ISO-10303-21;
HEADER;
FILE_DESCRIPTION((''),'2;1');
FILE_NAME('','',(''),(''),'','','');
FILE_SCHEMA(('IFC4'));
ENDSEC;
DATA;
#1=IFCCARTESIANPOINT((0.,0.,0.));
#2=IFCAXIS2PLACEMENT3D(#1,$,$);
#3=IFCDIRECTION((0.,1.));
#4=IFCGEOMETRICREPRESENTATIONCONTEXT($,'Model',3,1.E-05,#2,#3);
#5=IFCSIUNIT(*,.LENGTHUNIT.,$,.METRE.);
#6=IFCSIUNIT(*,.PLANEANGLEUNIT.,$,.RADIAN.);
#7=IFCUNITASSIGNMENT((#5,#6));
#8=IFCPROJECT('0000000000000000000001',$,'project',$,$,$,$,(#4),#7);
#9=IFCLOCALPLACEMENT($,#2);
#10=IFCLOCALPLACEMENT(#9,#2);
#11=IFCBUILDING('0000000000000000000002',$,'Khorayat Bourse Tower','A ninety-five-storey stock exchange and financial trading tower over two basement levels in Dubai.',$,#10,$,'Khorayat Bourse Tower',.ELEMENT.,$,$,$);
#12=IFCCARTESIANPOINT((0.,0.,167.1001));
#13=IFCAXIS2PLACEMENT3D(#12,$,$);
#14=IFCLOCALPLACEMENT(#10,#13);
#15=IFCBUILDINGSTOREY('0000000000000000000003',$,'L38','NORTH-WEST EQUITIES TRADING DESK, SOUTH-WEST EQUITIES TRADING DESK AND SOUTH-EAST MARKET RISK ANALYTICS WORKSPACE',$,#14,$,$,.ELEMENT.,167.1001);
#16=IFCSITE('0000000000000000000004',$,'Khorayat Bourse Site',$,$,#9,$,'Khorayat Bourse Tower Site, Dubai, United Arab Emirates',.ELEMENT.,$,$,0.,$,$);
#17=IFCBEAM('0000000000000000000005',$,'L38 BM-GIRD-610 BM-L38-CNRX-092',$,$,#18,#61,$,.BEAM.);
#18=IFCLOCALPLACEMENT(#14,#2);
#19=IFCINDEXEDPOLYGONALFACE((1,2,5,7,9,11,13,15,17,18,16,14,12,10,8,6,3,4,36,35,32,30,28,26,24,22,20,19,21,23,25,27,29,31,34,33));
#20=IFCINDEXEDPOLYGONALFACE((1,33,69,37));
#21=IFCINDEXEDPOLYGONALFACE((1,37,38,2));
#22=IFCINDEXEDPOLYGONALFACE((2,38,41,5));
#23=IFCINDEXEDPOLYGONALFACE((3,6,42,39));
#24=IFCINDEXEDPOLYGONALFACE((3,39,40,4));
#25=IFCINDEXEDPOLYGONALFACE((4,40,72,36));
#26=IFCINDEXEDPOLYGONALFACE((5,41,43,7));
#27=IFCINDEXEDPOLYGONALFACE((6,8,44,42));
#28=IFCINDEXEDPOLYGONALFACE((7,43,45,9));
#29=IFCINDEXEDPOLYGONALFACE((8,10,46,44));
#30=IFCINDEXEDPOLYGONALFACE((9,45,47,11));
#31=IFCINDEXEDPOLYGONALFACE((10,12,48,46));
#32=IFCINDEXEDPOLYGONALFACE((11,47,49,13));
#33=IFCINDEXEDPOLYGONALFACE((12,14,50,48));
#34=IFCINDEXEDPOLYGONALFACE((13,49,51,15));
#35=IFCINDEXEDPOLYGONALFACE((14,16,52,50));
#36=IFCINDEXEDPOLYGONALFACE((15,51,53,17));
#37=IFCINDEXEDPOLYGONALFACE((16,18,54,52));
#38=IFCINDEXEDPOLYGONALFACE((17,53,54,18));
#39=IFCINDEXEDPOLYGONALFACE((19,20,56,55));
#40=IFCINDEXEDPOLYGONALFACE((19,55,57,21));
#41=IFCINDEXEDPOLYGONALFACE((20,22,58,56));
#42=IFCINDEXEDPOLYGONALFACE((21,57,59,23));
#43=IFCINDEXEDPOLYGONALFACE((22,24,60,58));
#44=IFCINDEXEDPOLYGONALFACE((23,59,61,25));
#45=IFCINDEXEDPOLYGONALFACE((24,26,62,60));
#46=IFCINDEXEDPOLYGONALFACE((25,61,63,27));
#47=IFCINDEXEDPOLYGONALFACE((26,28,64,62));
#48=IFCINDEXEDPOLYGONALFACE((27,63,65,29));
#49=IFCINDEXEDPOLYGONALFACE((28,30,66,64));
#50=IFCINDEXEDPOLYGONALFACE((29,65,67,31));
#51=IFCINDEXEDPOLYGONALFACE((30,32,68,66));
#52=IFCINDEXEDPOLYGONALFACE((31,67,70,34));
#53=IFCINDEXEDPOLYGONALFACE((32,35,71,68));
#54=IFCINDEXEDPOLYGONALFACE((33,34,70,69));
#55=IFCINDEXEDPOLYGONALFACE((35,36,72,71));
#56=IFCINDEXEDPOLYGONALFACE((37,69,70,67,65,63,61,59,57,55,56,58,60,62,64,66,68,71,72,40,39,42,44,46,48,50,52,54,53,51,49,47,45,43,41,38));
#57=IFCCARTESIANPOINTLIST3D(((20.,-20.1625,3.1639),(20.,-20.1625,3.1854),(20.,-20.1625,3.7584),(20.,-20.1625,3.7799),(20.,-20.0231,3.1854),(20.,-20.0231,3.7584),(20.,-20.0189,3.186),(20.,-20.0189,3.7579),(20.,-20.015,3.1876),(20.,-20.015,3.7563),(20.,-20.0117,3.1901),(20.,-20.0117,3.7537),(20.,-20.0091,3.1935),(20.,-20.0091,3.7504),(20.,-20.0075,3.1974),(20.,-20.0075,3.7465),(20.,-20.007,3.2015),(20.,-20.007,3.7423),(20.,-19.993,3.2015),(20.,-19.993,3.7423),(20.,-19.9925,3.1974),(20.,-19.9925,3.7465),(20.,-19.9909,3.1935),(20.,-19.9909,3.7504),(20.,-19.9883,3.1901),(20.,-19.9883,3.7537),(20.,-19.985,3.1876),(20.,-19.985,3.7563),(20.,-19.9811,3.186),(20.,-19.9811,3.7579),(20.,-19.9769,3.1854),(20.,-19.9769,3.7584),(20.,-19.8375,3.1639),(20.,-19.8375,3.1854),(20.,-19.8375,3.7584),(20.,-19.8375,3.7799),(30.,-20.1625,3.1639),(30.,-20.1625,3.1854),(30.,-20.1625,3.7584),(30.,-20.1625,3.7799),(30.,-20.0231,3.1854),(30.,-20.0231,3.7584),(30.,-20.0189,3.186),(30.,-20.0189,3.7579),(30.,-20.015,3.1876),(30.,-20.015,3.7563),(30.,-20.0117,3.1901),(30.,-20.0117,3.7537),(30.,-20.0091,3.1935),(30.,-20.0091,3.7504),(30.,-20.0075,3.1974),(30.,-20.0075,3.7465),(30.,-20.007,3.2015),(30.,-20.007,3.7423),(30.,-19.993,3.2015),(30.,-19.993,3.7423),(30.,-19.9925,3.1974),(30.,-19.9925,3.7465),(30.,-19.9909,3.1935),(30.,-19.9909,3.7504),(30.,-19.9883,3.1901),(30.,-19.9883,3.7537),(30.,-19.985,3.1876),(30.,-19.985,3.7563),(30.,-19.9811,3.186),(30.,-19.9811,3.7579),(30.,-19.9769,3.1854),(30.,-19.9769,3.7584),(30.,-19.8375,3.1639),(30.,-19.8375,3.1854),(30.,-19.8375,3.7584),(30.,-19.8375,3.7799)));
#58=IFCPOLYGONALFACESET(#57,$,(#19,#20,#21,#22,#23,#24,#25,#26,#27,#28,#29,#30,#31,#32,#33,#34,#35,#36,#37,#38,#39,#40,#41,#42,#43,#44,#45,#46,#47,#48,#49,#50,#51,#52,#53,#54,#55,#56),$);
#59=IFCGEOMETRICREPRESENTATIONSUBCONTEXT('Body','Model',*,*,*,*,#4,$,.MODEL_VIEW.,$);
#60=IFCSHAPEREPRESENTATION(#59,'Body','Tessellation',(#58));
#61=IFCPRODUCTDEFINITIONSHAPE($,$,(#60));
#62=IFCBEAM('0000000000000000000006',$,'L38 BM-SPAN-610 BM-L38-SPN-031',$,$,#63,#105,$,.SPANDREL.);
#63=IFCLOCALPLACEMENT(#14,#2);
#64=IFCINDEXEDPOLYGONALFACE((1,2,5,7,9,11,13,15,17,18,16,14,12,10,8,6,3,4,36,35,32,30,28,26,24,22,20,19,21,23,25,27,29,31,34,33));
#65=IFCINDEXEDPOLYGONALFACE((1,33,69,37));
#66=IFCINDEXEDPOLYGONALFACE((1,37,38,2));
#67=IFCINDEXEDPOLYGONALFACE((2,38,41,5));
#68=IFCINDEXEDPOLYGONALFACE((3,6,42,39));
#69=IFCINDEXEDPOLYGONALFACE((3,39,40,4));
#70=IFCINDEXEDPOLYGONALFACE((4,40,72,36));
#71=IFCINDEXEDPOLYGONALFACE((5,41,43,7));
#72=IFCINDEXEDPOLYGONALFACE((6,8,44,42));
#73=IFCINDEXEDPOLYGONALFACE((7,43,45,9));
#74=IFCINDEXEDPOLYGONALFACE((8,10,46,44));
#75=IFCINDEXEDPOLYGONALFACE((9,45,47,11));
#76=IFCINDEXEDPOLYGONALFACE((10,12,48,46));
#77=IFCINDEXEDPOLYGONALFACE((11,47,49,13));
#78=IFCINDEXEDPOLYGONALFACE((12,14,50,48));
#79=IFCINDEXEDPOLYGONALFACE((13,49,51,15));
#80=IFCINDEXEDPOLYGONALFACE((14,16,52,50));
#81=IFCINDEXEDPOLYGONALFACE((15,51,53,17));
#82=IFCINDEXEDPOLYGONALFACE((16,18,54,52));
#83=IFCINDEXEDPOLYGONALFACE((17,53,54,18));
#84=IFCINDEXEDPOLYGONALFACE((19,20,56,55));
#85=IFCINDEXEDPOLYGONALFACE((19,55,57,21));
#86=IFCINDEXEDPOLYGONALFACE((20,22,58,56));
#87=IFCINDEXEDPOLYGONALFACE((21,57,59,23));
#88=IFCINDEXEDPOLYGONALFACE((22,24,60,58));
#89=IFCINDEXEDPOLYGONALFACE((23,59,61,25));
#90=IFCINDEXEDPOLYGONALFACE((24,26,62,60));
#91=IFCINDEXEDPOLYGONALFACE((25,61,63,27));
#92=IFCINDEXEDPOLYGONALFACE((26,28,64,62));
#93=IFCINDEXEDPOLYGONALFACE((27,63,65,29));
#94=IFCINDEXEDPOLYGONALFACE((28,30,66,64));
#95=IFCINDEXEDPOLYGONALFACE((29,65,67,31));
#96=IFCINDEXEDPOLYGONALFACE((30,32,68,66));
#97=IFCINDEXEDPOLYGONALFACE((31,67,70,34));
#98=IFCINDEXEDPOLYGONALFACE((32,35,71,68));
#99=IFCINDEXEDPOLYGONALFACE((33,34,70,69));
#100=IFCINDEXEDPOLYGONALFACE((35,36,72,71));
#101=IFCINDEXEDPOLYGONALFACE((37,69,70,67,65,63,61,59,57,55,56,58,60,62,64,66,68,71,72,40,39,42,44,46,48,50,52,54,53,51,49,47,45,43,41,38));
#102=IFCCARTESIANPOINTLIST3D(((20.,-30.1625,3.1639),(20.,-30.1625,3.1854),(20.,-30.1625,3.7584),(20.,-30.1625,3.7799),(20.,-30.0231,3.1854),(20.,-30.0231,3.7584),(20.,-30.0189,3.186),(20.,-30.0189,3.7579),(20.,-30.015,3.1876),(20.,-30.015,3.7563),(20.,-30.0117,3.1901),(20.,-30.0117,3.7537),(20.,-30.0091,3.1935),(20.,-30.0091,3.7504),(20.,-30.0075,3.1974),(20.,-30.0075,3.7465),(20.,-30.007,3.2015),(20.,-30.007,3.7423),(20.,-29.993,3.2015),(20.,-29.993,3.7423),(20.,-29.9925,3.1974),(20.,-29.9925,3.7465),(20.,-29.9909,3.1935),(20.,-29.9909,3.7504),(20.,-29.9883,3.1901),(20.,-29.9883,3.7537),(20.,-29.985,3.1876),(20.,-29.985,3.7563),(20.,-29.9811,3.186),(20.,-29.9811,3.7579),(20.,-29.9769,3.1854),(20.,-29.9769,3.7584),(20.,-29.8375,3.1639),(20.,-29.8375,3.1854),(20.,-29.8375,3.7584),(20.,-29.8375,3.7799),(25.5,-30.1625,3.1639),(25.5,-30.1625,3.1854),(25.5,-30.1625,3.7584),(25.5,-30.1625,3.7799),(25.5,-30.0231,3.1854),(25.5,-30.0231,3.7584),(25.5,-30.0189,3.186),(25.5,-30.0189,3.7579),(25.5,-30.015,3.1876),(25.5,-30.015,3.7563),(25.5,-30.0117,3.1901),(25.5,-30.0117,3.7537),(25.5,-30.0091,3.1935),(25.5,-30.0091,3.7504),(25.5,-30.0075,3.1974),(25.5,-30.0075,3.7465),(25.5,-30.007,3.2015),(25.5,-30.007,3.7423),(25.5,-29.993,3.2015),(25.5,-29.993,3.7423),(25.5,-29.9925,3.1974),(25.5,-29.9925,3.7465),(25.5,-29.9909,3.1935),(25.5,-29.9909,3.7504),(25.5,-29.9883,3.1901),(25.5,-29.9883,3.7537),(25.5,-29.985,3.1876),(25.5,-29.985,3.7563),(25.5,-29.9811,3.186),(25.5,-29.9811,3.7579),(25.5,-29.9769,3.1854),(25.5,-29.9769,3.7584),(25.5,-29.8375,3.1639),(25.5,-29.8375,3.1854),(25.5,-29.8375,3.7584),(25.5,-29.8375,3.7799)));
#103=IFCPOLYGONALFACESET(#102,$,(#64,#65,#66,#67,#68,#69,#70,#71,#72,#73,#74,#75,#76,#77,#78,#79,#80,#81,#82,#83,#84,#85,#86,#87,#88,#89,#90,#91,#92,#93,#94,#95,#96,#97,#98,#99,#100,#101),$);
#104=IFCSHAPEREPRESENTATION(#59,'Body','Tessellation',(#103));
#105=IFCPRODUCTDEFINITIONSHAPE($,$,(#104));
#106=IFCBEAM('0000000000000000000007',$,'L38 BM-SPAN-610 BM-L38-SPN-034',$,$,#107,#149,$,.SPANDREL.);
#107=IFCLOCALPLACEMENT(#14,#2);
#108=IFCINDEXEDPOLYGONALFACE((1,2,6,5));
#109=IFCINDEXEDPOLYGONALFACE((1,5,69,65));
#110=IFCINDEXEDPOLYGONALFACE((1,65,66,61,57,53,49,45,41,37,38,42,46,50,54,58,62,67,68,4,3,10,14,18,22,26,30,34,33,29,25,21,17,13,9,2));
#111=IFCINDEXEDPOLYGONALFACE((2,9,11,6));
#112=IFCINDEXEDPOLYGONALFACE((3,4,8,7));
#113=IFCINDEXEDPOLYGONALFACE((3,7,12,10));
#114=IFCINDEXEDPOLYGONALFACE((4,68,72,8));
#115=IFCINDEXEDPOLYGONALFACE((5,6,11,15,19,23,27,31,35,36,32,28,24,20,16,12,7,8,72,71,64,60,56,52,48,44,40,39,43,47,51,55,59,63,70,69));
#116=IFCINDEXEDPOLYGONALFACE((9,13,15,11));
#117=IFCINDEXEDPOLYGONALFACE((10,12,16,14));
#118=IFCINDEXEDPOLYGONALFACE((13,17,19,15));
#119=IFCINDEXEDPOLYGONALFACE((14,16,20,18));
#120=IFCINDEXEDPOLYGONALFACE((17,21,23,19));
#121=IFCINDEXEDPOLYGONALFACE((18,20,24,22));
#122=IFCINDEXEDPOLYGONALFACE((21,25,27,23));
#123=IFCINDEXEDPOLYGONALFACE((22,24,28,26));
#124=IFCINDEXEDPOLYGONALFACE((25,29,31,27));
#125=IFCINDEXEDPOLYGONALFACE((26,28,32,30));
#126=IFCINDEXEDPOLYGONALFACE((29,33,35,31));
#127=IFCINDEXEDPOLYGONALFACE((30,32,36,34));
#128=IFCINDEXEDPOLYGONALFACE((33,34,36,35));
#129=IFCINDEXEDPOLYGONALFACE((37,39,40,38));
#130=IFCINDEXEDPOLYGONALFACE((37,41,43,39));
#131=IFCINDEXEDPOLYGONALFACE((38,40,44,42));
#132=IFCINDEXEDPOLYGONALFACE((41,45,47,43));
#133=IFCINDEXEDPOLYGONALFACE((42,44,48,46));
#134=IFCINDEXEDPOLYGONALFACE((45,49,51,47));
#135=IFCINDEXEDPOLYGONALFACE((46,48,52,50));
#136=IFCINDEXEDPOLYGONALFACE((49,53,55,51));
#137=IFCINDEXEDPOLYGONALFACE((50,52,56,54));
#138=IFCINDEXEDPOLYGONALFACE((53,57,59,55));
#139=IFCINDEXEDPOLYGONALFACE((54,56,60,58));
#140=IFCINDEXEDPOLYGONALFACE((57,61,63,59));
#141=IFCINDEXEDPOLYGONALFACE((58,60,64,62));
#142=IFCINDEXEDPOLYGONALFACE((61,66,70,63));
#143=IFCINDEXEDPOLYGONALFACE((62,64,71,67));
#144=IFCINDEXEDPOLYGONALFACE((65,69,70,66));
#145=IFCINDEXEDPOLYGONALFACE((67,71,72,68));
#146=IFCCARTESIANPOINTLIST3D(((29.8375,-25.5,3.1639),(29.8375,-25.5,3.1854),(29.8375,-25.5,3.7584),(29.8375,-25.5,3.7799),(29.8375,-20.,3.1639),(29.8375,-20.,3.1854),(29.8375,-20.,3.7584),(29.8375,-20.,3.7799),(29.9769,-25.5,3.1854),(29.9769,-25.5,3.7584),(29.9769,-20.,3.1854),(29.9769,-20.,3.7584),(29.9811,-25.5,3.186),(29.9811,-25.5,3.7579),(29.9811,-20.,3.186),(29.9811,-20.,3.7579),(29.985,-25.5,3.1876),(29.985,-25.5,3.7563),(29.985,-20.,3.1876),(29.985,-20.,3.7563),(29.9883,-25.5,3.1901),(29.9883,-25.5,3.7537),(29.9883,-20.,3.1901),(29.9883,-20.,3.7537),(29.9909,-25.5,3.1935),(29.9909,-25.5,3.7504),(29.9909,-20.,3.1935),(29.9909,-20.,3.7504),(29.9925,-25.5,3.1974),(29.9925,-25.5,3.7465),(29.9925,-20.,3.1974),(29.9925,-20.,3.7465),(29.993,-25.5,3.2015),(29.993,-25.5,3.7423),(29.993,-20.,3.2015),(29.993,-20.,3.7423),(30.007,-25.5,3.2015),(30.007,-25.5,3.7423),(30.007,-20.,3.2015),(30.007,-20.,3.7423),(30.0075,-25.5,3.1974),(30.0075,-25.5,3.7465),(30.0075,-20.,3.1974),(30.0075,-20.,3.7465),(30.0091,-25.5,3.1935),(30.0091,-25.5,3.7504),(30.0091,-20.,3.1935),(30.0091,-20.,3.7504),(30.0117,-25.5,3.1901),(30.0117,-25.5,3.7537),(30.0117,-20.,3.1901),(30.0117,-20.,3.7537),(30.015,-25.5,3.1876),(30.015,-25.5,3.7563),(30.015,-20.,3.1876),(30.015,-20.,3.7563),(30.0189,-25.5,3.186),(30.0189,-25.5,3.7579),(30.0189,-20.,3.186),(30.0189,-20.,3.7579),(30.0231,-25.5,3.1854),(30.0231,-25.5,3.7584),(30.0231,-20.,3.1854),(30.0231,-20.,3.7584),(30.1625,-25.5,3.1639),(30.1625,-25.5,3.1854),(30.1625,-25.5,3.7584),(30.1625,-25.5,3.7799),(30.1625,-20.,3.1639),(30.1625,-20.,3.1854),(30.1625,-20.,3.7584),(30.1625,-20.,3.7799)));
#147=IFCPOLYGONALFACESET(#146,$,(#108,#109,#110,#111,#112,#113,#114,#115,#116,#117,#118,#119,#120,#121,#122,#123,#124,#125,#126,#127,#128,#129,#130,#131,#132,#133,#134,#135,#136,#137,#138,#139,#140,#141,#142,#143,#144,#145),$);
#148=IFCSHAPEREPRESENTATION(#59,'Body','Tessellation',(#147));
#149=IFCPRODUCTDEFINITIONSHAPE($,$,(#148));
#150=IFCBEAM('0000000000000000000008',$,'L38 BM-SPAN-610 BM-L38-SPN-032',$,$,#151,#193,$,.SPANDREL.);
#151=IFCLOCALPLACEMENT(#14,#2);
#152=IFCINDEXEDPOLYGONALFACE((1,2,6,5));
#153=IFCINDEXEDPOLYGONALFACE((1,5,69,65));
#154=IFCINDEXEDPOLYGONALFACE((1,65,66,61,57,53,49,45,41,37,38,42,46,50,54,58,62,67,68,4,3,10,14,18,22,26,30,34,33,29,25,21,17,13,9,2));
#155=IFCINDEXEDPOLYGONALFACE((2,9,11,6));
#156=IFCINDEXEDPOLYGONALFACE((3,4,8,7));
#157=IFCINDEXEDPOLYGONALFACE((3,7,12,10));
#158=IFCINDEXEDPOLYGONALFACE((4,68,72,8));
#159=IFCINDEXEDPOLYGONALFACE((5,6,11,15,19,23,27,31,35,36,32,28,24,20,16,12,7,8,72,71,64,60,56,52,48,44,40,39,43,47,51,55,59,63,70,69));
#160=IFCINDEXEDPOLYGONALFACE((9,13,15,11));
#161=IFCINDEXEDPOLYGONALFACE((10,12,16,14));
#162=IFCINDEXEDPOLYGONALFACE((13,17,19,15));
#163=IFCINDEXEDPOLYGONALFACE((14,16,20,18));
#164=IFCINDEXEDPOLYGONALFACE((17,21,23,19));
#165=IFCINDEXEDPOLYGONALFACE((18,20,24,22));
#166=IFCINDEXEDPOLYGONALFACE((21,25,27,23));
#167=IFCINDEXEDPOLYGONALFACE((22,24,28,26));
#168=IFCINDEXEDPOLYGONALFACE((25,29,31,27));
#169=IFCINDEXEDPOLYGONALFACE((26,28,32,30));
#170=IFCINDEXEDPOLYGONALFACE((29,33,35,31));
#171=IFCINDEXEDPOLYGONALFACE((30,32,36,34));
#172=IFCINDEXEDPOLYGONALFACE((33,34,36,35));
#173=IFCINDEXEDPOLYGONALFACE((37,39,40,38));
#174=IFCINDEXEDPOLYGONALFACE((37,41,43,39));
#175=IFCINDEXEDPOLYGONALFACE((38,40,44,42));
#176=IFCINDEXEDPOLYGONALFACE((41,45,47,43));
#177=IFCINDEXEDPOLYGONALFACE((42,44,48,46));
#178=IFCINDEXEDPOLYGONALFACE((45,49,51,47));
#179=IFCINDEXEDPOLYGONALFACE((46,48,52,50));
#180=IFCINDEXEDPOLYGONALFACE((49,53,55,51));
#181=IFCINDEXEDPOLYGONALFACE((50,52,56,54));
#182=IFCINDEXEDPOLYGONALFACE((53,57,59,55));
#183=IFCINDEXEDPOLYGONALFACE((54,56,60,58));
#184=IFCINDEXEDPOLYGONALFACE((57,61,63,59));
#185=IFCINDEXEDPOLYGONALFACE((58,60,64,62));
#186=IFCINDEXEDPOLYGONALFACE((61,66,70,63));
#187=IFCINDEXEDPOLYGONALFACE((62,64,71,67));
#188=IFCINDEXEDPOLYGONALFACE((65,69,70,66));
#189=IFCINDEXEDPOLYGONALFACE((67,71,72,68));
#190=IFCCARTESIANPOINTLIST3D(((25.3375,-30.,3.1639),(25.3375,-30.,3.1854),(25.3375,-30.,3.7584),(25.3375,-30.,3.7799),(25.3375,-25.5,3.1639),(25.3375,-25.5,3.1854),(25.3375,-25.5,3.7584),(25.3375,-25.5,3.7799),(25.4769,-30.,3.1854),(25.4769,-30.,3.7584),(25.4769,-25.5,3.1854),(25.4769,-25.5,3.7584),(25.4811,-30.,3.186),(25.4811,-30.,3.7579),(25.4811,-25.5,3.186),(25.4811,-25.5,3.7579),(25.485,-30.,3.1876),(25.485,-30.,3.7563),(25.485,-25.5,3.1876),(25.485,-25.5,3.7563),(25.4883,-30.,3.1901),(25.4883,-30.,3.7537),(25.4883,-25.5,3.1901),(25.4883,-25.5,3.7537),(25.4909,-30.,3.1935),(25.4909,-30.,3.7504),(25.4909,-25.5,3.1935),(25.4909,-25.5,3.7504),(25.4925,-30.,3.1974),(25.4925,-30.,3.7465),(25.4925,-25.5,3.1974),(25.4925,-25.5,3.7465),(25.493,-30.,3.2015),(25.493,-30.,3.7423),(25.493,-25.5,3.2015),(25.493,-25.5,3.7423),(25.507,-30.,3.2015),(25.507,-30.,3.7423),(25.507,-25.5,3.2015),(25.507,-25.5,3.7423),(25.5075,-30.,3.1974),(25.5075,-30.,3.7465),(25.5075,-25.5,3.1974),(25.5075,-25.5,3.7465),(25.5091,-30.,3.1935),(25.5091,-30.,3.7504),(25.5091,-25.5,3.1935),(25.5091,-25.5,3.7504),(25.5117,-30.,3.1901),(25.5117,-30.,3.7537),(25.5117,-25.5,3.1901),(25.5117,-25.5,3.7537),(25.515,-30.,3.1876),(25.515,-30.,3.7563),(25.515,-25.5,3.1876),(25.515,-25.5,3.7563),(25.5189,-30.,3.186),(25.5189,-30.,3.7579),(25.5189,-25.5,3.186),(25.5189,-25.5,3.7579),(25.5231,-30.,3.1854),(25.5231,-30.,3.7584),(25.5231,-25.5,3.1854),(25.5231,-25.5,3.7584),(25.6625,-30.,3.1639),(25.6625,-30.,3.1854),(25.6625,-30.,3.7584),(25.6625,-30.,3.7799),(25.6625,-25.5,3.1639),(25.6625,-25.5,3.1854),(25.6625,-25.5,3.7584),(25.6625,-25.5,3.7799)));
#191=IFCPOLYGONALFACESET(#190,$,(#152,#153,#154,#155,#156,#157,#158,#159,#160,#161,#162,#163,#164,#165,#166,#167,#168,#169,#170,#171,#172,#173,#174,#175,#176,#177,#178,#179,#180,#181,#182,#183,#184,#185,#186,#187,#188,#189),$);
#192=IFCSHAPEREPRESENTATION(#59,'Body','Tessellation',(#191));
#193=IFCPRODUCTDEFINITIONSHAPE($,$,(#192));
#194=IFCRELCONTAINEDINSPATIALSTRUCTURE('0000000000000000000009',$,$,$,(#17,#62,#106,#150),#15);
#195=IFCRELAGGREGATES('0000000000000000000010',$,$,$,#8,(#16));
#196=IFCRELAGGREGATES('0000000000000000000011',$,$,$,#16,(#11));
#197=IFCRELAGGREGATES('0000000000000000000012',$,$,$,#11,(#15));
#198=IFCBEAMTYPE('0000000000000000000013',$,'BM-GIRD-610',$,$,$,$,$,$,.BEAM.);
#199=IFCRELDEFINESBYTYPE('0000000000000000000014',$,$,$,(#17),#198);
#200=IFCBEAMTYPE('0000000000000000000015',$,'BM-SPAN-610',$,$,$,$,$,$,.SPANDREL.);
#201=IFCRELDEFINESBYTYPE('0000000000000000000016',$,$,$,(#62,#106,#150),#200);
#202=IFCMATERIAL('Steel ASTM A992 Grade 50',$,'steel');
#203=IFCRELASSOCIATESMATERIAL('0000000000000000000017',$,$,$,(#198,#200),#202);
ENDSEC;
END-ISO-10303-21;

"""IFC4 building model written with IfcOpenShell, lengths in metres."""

from ifc_helpers import new_model, si_unit, direction, frame, origin, origin_2d, place, context, subcontext, project, spatial, i_section, extrude, source, transform, mapped, material, material_profile, profile_set, type_object, element, save


model = new_model("IFC4")

# Units and contexts
model_context = context("Model", 3, precision=1e-05, world=origin(), true_north=direction((0.0, 1.0)))
body_context = subcontext(model_context, "Body", "Model", "MODEL_VIEW")
ifc_project = project(units=[si_unit("LENGTHUNIT", "METRE"), si_unit("PLANEANGLEUNIT", "RADIAN")], contexts=[model_context])

# Site, building, storey
site_placement = place(None, origin())
site = spatial("IfcSite", under=ifc_project, at=site_placement, Name="Khorayat Bourse Site", LongName="Khorayat Bourse Tower Site, Dubai, United Arab Emirates", CompositionType="ELEMENT", RefElevation=0.0)
building_placement = place(site_placement, origin())
building = spatial("IfcBuilding", under=site, at=building_placement, Name="Khorayat Bourse Tower", Description="A ninety-five-storey stock exchange and financial trading tower over two basement levels in Dubai.", LongName="Khorayat Bourse Tower", CompositionType="ELEMENT")
storey_placement = place(building_placement, frame((0.0, 0.0, 167.1001)))
storey = spatial("IfcBuildingStorey", under=building, at=storey_placement, Name="L38", Description="NORTH-WEST EQUITIES TRADING DESK, SOUTH-WEST EQUITIES TRADING DESK AND SOUTH-EAST MARKET RISK ANALYTICS WORKSPACE", CompositionType="ELEMENT", Elevation=167.1001)

# Beams
ifc_material_1 = material(Name="Steel ASTM A992 Grade 50", Category="steel")
ifc_material_profile_1 = material_profile(ifc_material_1, i_section(OverallWidth=0.325, OverallDepth=0.616, WebThickness=0.0139, FlangeThickness=0.0215, FilletRadius=0.0161, at=origin_2d()), Name="W610X174")
ifc_profile_set_1 = profile_set([ifc_material_profile_1], Name="Steel ASTM A992 Grade 50")
beam_type_1 = type_object("IfcBeamType", Name="BM-GIRD-610", PredefinedType="BEAM", material=ifc_profile_set_1)
shared_shape_1 = source(origin(), body_context, "Body", "SweptSolid", [
    extrude(i_section(OverallWidth=0.325, OverallDepth=0.616, WebThickness=0.0139, FlangeThickness=0.0215, FilletRadius=0.0161, at=origin_2d()), origin(), (0.0, 0.0, 1.0), 10.0),
])
beam_1_placement = place(storey_placement, frame((20.0, -20.0, 3.4719), z_axis=(1.0, 0.0, 0.0), x_axis=(0.0, 1.0, 0.0)))
element("IfcBeam", 1, at=beam_1_placement, inside=storey, type_object=beam_type_1, Name="L38 BM-GIRD-610 BM-L38-CNRX-092", PredefinedType="BEAM", context=body_context, shape_type="MappedRepresentation", body=[
    mapped(shared_shape_1, transform((0.0, 0.0, 0.0), scale=1.0)),
])
ifc_material_profile_2 = material_profile(ifc_material_1, i_section(OverallWidth=0.325, OverallDepth=0.616, WebThickness=0.0139, FlangeThickness=0.0215, FilletRadius=0.0161, at=origin_2d()), Name="W610X174")
ifc_profile_set_2 = profile_set([ifc_material_profile_2], Name="Steel ASTM A992 Grade 50")
beam_type_2 = type_object("IfcBeamType", Name="BM-SPAN-610", PredefinedType="SPANDREL", material=ifc_profile_set_2)
shared_shape_2 = source(origin(), body_context, "Body", "SweptSolid", [
    extrude(i_section(OverallWidth=0.325, OverallDepth=0.616, WebThickness=0.0139, FlangeThickness=0.0215, FilletRadius=0.0161, at=origin_2d()), origin(), (0.0, 0.0, 1.0), 5.5),
])
for number, where, z_axis, x_axis, name in (
    (2, (20.0, -30.0, 3.4719), (1.0, 0.0, 0.0), (0.0, 1.0, 0.0), "L38 BM-SPAN-610 BM-L38-SPN-031"),
    (3, (30.0, -25.5, 3.4719), (0.0, 1.0, 0.0), (-1.0, 0.0, 0.0), "L38 BM-SPAN-610 BM-L38-SPN-034"),
):
    element("IfcBeam", number, at=place(storey_placement, frame(where, z_axis=z_axis, x_axis=x_axis)), inside=storey, type_object=beam_type_2, Name=name, PredefinedType="SPANDREL", context=body_context, shape_type="MappedRepresentation", body=[
        mapped(shared_shape_2, transform((0.0, 0.0, 0.0), scale=1.0)),
    ])
shared_shape_3 = source(origin(), body_context, "Body", "SweptSolid", [
    extrude(i_section(OverallWidth=0.325, OverallDepth=0.616, WebThickness=0.0139, FlangeThickness=0.0215, FilletRadius=0.0161, at=origin_2d()), origin(), (0.0, 0.0, 1.0), 4.5),
])
for number, where, z_axis, x_axis, name in (
    (4, (25.5, -30.0, 3.4719), (0.0, 1.0, 0.0), (-1.0, 0.0, 0.0), "L38 BM-SPAN-610 BM-L38-SPN-032"),
):
    element("IfcBeam", number, at=place(storey_placement, frame(where, z_axis=z_axis, x_axis=x_axis)), inside=storey, type_object=beam_type_2, Name=name, PredefinedType="SPANDREL", context=body_context, shape_type="MappedRepresentation", body=[
        mapped(shared_shape_3, transform((0.0, 0.0, 0.0), scale=1.0)),
    ])

save(model, "model.ifc")
